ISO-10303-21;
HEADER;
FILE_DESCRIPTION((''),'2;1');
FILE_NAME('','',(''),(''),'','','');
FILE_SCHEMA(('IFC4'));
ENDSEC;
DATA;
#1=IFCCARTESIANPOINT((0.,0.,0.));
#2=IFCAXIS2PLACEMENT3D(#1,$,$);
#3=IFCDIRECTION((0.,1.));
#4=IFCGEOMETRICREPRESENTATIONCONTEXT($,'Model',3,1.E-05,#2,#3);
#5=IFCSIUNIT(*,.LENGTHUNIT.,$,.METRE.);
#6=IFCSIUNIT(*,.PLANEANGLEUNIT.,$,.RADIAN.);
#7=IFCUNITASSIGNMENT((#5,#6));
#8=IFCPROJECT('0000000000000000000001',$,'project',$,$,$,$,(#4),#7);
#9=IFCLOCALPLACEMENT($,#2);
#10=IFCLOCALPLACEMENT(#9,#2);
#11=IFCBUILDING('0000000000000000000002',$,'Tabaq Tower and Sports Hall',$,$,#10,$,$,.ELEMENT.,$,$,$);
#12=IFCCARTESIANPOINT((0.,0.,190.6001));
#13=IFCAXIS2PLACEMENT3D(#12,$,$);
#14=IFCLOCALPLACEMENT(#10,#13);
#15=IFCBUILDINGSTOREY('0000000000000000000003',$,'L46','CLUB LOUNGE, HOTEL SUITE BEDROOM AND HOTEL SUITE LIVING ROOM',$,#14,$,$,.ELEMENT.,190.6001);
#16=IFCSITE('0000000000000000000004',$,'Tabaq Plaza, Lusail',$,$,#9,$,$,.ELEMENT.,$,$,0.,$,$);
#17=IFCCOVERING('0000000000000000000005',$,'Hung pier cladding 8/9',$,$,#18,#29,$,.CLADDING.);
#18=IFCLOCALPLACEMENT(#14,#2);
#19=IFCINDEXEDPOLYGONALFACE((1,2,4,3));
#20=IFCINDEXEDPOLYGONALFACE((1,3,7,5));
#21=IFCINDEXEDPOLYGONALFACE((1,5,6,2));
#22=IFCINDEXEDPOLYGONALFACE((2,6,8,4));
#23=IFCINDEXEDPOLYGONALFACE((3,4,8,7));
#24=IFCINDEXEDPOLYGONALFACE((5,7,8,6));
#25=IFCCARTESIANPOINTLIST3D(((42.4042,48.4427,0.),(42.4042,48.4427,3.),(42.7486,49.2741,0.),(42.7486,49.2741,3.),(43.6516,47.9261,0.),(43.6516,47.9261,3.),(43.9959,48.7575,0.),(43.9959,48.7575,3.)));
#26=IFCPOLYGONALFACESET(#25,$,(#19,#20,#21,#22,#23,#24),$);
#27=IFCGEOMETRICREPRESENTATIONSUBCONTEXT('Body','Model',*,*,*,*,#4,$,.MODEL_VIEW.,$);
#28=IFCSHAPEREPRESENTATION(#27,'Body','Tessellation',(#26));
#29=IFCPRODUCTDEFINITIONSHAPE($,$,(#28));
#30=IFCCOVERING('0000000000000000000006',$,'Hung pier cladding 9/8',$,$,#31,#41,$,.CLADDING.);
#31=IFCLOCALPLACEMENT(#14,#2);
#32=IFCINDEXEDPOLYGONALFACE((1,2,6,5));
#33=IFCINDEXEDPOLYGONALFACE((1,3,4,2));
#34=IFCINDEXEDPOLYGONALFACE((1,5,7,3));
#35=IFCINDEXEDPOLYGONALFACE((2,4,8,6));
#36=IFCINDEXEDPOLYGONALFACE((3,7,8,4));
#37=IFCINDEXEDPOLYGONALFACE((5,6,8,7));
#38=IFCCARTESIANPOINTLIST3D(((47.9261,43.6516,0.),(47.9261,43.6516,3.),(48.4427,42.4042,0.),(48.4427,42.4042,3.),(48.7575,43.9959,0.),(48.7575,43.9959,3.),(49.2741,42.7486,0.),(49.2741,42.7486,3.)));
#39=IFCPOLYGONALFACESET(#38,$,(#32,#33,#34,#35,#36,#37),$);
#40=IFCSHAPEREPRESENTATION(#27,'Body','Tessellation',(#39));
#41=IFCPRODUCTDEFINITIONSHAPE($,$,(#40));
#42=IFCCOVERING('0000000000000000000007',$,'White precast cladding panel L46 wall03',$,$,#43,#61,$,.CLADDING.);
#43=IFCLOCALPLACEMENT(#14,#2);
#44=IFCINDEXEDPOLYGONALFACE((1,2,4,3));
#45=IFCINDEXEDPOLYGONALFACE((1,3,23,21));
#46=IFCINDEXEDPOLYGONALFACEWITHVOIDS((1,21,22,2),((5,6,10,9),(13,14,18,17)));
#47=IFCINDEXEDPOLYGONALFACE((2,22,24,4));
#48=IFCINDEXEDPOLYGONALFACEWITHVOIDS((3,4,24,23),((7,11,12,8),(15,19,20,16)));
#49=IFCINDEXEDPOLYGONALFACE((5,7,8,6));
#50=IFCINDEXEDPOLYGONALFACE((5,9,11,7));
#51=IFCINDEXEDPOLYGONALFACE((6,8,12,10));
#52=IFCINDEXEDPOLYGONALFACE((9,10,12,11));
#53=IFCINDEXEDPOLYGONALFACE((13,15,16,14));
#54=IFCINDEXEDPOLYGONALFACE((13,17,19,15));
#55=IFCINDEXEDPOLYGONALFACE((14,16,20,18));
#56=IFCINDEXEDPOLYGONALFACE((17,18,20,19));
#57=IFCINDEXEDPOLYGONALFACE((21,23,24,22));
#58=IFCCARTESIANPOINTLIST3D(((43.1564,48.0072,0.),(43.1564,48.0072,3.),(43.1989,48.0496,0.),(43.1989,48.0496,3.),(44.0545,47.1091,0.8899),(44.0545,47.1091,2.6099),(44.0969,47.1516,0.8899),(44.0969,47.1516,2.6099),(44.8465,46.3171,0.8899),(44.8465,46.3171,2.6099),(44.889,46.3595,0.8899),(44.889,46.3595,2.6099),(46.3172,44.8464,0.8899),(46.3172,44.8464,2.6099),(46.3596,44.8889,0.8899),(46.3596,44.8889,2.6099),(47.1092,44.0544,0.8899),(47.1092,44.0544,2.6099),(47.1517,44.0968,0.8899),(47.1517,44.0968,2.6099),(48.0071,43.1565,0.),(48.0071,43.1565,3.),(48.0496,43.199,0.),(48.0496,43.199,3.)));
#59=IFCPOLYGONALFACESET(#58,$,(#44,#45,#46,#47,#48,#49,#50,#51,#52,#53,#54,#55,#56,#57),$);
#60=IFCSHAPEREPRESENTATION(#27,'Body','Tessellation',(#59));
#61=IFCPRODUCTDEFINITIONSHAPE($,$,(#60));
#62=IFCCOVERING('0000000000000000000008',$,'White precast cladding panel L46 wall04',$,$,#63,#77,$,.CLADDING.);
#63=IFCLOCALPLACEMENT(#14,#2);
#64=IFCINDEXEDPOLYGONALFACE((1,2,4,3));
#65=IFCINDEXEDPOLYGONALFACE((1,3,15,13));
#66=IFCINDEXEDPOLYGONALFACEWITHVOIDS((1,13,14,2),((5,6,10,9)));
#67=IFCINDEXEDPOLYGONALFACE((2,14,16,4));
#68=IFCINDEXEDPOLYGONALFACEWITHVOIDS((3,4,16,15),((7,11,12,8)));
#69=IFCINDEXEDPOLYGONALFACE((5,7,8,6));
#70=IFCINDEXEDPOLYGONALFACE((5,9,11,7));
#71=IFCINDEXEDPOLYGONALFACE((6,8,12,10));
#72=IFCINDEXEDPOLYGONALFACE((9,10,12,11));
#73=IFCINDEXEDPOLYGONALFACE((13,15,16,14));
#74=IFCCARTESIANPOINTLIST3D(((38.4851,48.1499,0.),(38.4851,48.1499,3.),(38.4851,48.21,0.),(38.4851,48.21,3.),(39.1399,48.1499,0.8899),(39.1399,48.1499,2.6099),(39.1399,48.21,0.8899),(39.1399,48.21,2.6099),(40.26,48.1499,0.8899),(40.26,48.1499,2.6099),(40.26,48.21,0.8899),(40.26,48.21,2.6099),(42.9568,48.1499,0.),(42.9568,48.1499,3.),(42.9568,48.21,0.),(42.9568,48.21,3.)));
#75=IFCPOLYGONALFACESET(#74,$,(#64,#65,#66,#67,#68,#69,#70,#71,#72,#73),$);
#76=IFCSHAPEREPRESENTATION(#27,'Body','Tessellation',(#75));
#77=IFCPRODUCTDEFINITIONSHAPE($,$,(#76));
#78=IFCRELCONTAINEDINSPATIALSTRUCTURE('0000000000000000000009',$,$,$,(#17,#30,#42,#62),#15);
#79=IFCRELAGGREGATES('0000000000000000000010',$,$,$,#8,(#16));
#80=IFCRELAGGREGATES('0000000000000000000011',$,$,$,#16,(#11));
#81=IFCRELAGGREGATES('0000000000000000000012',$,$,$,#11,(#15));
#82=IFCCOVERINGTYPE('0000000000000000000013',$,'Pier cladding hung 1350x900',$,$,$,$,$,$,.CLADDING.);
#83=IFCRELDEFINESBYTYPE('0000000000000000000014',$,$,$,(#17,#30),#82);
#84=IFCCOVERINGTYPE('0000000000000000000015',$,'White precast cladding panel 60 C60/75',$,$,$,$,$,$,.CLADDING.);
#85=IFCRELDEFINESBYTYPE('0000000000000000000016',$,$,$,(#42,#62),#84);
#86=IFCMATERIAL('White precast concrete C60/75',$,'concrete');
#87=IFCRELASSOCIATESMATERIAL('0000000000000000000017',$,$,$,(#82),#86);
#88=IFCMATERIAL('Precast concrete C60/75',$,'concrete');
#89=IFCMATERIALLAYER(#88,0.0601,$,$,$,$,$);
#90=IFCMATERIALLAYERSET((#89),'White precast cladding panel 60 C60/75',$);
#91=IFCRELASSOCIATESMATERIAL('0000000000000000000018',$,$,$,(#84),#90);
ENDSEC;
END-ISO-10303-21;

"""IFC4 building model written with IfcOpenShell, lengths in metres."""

from ifc_helpers import new_model, si_unit, direction, frame, frame_2d, origin, place, context, subcontext, project, spatial, polyline, rectangle, outline, extrude, material, layer, layer_set, type_object, element, save


model = new_model("IFC4")

# Units and contexts
model_context = context("Model", 3, precision=1e-05, world=origin(), true_north=direction((0.0, 1.0)))
body_context = subcontext(model_context, "Body", "Model", "MODEL_VIEW")
ifc_project = project(units=[si_unit("LENGTHUNIT", "METRE"), si_unit("PLANEANGLEUNIT", "RADIAN")], contexts=[model_context])

# Site, building, storey
site_placement = place(None, origin())
site = spatial("IfcSite", under=ifc_project, at=site_placement, Name="Tabaq Plaza, Lusail", CompositionType="ELEMENT", RefElevation=0.0)
building_placement = place(site_placement, origin())
building = spatial("IfcBuilding", under=site, at=building_placement, Name="Tabaq Tower and Sports Hall", CompositionType="ELEMENT")
storey_placement = place(building_placement, frame((0.0, 0.0, 190.6001)))
storey = spatial("IfcBuildingStorey", under=building, at=storey_placement, Name="L46", Description="CLUB LOUNGE, HOTEL SUITE BEDROOM AND HOTEL SUITE LIVING ROOM", CompositionType="ELEMENT", Elevation=190.6001)

# Coverings
ifc_material_1 = material(Name="White precast concrete C60/75", Category="concrete")
covering_type_1 = type_object("IfcCoveringType", Name="Pier cladding hung 1350x900", PredefinedType="CLADDING", material=ifc_material_1)
for number, where, z_axis, x_axis, name in (
    (1, (43.8237, 48.3418, 0.0), (0.0, 0.0, 1.0), (-0.923893, 0.38265, 0.0), "Hung pier cladding 8/9"),
    (2, (48.8584, 42.5764, 0.0), (0.0, 0.0, 1.0), (-0.38265, 0.923893, 0.0), "Hung pier cladding 9/8"),
):
    element("IfcCovering", number, at=place(storey_placement, frame(where, z_axis=z_axis, x_axis=x_axis)), inside=storey, type_object=covering_type_1, Name=name, PredefinedType="CLADDING", context=body_context, shape_type="SweptSolid", body=[
        extrude(rectangle(XDim=1.3501, YDim=0.8999, at=frame_2d((0.675, 0.0))), origin(), (0.0, 0.0, 1.0), 3.0),
    ])
ifc_material_2 = material(Name="Precast concrete C60/75", Category="concrete")
ifc_layer_1 = layer(ifc_material_2, 0.0601)
ifc_layer_set_1 = layer_set([ifc_layer_1], Name="White precast cladding panel 60 C60/75")
covering_type_2 = type_object("IfcCoveringType", Name="White precast cladding panel 60 C60/75", PredefinedType="CLADDING", material=ifc_layer_set_1)
covering_1_placement = place(storey_placement, frame((48.0283, 43.1777, 0.0), z_axis=(0.0, 0.0, 1.0), x_axis=(-0.707107, 0.707107, 0.0)))
element("IfcCovering", 3, at=covering_1_placement, inside=storey, type_object=covering_type_2, Name="White precast cladding panel L46 wall03", PredefinedType="CLADDING", context=body_context, shape_type="SweptSolid", body=[
    extrude(outline(polyline([(0.0, 0.0), (6.8599, 0.0), (6.8599, 3.0), (0.0, 3.0), (0.0, 0.0)]), holes=[polyline([(1.2698, 2.6099), (2.3899, 2.6099), (2.3899, 0.8899), (1.2698, 0.8899), (1.2698, 2.6099)]), polyline([(4.4697, 2.6099), (5.5898, 2.6099), (5.5898, 0.8899), (4.4697, 0.8899), (4.4697, 2.6099)])]), frame((0.0, 0.03, 0.0), z_axis=(0.0, -1.0, 0.0), x_axis=(1.0, 0.0, 0.0)), (0.0, 0.0, 1.0), 0.0601),
])
covering_2_placement = place(storey_placement, frame((42.9568, 48.1799, 0.0), z_axis=(0.0, 0.0, 1.0), x_axis=(-1.0, 0.0, 0.0)))
element("IfcCovering", 4, at=covering_2_placement, inside=storey, type_object=covering_type_2, Name="White precast cladding panel L46 wall04", PredefinedType="CLADDING", context=body_context, shape_type="SweptSolid", body=[
    extrude(outline(polyline([(0.0, 0.0), (4.4717, 0.0), (4.4717, 3.0), (0.0, 3.0), (0.0, 0.0)]), holes=[polyline([(2.6968, 0.8899), (2.6968, 2.6099), (3.8169, 2.6099), (3.8169, 0.8899), (2.6968, 0.8899)])]), frame((0.0, 0.03, 0.0), z_axis=(0.0, -1.0, 0.0), x_axis=(1.0, 0.0, 0.0)), (0.0, 0.0, 1.0), 0.0601),
])

save(model, "model.ifc")
